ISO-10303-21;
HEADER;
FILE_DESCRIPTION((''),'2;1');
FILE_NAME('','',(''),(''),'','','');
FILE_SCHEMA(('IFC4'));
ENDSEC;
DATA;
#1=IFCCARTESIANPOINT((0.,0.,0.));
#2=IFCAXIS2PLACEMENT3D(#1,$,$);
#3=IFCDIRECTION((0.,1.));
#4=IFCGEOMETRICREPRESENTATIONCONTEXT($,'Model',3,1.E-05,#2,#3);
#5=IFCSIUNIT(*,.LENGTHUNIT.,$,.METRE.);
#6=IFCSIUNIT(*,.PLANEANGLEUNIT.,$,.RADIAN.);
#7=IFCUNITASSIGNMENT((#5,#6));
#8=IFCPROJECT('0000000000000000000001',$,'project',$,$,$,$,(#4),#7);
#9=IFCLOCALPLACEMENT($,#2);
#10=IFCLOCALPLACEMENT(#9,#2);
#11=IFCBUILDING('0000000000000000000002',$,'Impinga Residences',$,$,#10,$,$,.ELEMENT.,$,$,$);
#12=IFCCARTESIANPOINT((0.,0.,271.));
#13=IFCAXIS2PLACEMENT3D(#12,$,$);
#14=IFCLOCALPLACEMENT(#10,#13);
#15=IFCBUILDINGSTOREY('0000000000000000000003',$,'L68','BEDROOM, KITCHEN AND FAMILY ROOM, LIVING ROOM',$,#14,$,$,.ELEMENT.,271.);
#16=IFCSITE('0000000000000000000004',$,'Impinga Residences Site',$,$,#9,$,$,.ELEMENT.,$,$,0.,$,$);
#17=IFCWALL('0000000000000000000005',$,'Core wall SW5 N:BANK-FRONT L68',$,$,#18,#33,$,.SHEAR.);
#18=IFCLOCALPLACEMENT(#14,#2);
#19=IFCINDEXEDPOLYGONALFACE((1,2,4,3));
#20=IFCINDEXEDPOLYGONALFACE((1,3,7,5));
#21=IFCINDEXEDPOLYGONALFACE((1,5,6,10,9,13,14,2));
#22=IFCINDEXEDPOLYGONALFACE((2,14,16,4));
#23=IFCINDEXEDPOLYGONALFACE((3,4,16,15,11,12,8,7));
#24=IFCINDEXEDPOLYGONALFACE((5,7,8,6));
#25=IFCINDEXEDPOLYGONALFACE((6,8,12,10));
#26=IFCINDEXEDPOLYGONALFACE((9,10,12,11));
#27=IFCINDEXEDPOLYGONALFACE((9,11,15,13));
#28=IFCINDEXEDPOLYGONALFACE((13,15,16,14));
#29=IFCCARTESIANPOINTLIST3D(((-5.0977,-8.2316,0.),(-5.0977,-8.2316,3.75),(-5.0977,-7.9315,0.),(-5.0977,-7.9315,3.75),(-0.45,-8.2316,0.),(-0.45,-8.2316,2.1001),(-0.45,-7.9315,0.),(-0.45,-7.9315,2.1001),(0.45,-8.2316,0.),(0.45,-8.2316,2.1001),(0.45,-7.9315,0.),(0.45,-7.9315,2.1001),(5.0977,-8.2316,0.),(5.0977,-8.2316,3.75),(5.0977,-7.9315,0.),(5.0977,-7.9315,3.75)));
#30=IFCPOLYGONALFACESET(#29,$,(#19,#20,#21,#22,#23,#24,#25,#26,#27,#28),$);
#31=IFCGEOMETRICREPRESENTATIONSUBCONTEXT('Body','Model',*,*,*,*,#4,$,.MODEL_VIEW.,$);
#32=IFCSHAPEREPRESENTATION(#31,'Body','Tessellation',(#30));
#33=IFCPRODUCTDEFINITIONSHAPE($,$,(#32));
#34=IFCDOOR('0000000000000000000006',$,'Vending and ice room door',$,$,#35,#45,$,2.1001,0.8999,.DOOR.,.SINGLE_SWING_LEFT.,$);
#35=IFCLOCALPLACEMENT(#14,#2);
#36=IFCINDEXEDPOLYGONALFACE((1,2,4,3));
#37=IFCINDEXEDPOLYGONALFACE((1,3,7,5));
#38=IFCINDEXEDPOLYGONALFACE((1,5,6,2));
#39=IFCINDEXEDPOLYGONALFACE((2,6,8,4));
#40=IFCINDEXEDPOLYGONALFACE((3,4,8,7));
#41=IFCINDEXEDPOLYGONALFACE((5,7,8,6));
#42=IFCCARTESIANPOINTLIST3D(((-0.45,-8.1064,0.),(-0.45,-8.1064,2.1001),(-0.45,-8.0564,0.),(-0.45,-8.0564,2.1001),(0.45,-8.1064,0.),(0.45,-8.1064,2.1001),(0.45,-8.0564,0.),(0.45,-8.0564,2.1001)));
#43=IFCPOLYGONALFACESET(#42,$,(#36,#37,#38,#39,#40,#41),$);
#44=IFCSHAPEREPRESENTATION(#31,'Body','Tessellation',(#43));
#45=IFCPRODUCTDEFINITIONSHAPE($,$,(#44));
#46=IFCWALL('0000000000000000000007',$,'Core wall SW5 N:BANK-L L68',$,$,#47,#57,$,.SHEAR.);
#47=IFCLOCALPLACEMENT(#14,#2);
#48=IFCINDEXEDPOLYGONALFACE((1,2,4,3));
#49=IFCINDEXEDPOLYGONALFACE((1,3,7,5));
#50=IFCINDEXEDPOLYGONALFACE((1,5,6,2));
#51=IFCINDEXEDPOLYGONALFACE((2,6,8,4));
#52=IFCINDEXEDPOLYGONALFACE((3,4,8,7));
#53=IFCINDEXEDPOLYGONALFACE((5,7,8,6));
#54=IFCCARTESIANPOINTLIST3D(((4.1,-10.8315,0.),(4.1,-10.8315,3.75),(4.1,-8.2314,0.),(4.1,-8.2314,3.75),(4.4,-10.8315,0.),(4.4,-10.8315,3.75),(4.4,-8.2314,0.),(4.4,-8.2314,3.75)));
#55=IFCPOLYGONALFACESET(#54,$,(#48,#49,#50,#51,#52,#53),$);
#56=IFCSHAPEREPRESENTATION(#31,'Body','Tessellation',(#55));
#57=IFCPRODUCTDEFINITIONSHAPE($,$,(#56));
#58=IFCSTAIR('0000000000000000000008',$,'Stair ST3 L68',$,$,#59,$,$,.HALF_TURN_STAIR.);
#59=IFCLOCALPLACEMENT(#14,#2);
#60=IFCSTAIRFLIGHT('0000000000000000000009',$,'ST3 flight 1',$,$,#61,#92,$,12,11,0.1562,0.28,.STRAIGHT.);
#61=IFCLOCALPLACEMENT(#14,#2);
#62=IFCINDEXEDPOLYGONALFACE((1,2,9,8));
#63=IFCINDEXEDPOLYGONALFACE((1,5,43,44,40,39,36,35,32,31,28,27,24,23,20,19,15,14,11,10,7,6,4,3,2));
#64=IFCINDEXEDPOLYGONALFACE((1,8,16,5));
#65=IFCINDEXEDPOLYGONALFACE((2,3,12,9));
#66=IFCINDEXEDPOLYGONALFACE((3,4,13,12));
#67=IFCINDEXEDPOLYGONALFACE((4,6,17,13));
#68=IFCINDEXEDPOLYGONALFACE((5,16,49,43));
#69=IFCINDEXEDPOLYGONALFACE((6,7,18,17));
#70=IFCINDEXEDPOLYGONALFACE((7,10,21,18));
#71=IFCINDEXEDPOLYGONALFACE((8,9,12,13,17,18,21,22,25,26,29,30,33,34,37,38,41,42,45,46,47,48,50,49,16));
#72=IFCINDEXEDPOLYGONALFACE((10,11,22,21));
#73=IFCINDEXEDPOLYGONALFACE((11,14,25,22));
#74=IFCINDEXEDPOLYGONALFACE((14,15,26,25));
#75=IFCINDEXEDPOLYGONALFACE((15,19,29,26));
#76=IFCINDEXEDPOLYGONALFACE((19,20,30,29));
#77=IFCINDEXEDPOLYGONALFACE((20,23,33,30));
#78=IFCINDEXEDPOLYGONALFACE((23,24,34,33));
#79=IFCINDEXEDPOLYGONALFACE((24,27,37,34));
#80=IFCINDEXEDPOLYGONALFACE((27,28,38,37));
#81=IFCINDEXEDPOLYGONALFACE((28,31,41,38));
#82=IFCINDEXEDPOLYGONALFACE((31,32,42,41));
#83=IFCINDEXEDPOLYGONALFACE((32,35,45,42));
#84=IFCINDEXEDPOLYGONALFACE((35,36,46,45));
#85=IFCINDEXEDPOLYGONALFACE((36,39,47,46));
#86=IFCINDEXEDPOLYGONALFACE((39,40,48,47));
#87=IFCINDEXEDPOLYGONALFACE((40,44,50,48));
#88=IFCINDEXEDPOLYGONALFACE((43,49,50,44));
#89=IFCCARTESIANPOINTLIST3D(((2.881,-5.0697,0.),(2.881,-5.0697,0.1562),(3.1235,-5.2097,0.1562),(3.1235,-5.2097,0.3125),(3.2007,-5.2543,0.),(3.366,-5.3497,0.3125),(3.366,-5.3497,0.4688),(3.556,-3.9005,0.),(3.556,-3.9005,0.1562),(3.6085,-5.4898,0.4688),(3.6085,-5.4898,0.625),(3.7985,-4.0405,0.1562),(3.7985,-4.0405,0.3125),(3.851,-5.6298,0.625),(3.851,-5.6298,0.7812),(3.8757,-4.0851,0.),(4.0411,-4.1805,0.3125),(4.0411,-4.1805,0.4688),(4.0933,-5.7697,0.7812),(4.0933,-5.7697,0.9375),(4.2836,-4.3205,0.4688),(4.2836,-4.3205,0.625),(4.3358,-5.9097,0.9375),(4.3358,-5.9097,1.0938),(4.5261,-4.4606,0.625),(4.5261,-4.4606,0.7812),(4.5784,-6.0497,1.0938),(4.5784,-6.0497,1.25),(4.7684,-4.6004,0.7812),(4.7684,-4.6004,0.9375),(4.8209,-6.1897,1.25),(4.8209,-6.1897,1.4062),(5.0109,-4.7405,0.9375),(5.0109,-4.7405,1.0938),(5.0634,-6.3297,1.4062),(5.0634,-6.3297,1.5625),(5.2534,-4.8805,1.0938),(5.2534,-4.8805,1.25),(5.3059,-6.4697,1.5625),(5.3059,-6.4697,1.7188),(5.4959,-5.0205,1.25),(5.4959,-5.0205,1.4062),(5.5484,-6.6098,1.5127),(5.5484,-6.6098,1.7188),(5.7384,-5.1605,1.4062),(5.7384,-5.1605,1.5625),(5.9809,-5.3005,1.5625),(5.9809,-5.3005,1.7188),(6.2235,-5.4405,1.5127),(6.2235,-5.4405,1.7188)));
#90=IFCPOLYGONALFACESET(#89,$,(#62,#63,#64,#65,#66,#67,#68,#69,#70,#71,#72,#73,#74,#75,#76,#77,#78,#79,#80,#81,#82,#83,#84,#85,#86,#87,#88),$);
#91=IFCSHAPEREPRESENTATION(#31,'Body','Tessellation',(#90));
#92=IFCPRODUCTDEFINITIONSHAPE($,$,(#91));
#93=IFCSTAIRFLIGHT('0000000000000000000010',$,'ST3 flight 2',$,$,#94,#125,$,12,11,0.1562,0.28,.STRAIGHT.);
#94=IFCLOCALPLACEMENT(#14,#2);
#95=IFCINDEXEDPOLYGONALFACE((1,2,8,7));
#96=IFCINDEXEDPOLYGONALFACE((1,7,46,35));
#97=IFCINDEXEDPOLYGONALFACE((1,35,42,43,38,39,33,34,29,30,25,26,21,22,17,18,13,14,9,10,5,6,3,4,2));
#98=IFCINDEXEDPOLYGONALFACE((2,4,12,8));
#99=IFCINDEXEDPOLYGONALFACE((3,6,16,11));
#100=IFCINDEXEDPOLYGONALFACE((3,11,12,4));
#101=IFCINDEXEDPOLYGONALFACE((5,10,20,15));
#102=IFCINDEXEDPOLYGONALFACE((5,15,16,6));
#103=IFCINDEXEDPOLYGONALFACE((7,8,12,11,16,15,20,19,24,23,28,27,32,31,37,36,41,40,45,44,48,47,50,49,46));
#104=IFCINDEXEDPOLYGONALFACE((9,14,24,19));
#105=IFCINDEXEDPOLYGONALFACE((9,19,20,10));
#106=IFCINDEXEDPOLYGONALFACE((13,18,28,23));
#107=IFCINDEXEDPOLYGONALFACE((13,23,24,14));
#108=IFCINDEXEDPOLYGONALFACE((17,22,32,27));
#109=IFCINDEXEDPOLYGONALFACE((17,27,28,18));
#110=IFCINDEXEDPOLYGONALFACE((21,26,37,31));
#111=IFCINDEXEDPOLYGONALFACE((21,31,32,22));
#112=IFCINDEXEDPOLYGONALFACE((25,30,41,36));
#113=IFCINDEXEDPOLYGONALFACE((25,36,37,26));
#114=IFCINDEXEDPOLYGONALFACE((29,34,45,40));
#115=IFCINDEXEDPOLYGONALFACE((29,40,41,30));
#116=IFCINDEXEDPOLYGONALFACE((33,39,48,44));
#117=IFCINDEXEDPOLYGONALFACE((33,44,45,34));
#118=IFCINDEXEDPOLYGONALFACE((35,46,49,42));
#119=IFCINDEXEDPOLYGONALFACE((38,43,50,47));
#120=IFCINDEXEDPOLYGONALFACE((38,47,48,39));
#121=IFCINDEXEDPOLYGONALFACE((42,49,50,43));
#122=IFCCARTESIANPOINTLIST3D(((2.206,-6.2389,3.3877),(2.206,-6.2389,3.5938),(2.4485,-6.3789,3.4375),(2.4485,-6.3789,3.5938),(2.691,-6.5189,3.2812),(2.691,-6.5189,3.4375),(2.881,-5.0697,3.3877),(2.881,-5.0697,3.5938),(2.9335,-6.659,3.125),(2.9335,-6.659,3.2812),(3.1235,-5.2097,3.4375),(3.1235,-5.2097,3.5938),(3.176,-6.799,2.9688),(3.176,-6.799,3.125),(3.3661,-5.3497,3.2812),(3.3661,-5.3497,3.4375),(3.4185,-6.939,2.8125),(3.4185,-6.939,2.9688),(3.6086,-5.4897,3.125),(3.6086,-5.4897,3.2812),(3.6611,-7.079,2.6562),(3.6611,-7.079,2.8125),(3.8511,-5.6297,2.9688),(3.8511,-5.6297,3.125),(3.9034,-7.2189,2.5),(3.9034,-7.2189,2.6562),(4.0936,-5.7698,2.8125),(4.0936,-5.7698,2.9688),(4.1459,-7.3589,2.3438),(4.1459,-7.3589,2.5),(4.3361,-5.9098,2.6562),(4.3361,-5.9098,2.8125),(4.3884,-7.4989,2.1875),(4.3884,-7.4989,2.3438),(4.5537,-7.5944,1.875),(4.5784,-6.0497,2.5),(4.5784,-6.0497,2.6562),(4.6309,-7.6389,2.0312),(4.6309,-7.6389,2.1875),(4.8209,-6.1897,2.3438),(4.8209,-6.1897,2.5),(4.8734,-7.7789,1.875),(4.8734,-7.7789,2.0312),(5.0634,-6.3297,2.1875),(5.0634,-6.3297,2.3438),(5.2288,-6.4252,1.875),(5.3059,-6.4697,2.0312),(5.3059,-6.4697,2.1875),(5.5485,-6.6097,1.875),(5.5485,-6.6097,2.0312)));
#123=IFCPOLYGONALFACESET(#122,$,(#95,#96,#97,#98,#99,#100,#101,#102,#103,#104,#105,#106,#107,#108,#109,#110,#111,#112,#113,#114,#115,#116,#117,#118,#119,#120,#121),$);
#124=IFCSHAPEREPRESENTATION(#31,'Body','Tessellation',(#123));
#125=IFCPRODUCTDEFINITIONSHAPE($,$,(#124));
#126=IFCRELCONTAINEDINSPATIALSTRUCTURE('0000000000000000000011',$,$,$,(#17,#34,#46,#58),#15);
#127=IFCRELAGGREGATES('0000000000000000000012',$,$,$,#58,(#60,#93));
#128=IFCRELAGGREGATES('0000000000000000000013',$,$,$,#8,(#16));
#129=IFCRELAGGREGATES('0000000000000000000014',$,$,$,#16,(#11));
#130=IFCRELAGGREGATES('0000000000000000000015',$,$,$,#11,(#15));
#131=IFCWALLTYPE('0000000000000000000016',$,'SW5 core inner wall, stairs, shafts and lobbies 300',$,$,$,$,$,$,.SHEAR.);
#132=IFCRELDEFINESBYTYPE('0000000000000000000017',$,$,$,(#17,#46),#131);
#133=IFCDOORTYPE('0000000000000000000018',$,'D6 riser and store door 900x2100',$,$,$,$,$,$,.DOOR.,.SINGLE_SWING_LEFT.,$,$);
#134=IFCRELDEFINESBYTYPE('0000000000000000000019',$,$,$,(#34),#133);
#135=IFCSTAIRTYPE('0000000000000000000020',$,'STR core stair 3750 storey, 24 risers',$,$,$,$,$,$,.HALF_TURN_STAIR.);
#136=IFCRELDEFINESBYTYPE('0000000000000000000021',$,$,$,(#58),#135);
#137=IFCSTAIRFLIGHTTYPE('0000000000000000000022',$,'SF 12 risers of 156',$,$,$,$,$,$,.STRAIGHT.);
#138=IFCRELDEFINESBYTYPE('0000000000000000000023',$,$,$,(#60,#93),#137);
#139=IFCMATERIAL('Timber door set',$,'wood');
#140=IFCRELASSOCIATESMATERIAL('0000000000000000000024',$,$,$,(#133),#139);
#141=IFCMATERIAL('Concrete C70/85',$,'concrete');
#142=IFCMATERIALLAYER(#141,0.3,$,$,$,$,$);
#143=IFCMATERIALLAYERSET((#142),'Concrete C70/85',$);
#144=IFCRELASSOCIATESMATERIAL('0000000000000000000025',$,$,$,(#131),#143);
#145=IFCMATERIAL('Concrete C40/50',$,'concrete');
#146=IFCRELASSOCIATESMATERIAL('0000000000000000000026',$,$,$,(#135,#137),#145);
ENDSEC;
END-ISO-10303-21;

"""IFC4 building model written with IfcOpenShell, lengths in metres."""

from ifc_helpers import new_model, si_unit, direction, frame, frame_2d, origin, place, context, subcontext, project, spatial, polyline, rectangle, outline, extrude, material, layer, layer_set, type_object, element, fill, aggregate, save


model = new_model("IFC4")

# Units and contexts
model_context = context("Model", 3, precision=1e-05, world=origin(), true_north=direction((0.0, 1.0)))
body_context = subcontext(model_context, "Body", "Model", "MODEL_VIEW")
ifc_project = project(units=[si_unit("LENGTHUNIT", "METRE"), si_unit("PLANEANGLEUNIT", "RADIAN")], contexts=[model_context])

# Site, building, storey
site_placement = place(None, origin())
site = spatial("IfcSite", under=ifc_project, at=site_placement, Name="Impinga Residences Site", CompositionType="ELEMENT", RefElevation=0.0)
building_placement = place(site_placement, origin())
building = spatial("IfcBuilding", under=site, at=building_placement, Name="Impinga Residences", CompositionType="ELEMENT")
storey_placement = place(building_placement, frame((0.0, 0.0, 271.0)))
storey = spatial("IfcBuildingStorey", under=building, at=storey_placement, Name="L68", Description="BEDROOM, KITCHEN AND FAMILY ROOM, LIVING ROOM", CompositionType="ELEMENT", Elevation=271.0)

# Shared definitions
ifc_material_1 = material(Name="Timber door set", Category="wood")
door_type_1 = type_object("IfcDoorType", Name="D6 riser and store door 900x2100", OperationType="SINGLE_SWING_LEFT", PredefinedType="DOOR", material=ifc_material_1)

# Shared definitions
ifc_material_2 = material(Name="Concrete C70/85", Category="concrete")
ifc_layer_1 = layer(ifc_material_2, 0.3)
ifc_layer_set_1 = layer_set([ifc_layer_1], Name="Concrete C70/85")
wall_type_1 = type_object("IfcWallType", Name="SW5 core inner wall, stairs, shafts and lobbies 300", PredefinedType="SHEAR", material=ifc_layer_set_1)

# Wall, opening, door
wall_1_placement = place(storey_placement, frame((5.0977, -8.0815, 0.0), z_axis=(0.0, 0.0, 1.0), x_axis=(-1.0, 0.0, 0.0)))
wall_1 = element("IfcWall", 1, at=wall_1_placement, inside=storey, type_object=wall_type_1, Name="Core wall SW5 N:BANK-FRONT L68", PredefinedType="SHEAR", context=body_context, shape_type="SweptSolid", body=[
    extrude(rectangle(XDim=10.1953, YDim=0.3, at=frame_2d((5.0977, 0.0))), origin(), (0.0, 0.0, 1.0), 3.75),
])
opening_1_placement = place(wall_1_placement, frame((4.6477, 0.0, 0.0)))
opening_1 = element("IfcOpeningElement", 2, at=opening_1_placement, cuts=wall_1, PredefinedType="OPENING", context=body_context, shape_type="SweptSolid", body=[
    extrude(rectangle(XDim=0.8999, YDim=2.1001, at=frame_2d((0.45, 1.05))), frame((0.0, 0.1599, 0.0), z_axis=(0.0, -1.0, 0.0), x_axis=(1.0, 0.0, 0.0)), (0.0, 0.0, 1.0), 0.3201),
])
door_1_placement = place(opening_1_placement, origin())
door_1 = element("IfcDoor", 3, at=door_1_placement, inside=storey, type_object=door_type_1, Name="Vending and ice room door", OperationType="SINGLE_SWING_LEFT", OverallHeight=2.1001, OverallWidth=0.8999, PredefinedType="DOOR", context=body_context, shape_type="SweptSolid", body=[
    extrude(rectangle(XDim=0.8999, YDim=2.1001, at=frame_2d((0.45, 1.05))), frame((0.0, 0.0249, 0.0), z_axis=(0.0, -1.0, 0.0), x_axis=(1.0, 0.0, 0.0)), (0.0, 0.0, 1.0), 0.05),
])
fill(opening_1, door_1)

# Wall
wall_2_placement = place(storey_placement, frame((4.25, -8.2314, 0.0), z_axis=(0.0, 0.0, 1.0), x_axis=(0.0, -1.0, 0.0)))
element("IfcWall", 4, at=wall_2_placement, inside=storey, type_object=wall_type_1, Name="Core wall SW5 N:BANK-L L68", PredefinedType="SHEAR", context=body_context, shape_type="SweptSolid", body=[
    extrude(rectangle(XDim=2.6001, YDim=0.3, at=frame_2d((1.3, 0.0))), origin(), (0.0, 0.0, 1.0), 3.75),
])

# Stair, stair flights
ifc_material_3 = material(Name="Concrete C40/50", Category="concrete")
stair_type = type_object("IfcStairType", Name="STR core stair 3750 storey, 24 risers", PredefinedType="HALF_TURN_STAIR", material=ifc_material_3)
stair_placement = place(storey_placement, origin())
stair = element("IfcStair", 5, at=stair_placement, inside=storey, type_object=stair_type, Name="Stair ST3 L68", PredefinedType="HALF_TURN_STAIR")
stair_flight_type = type_object("IfcStairFlightType", Name="SF 12 risers of 156", PredefinedType="STRAIGHT", material=ifc_material_3)
stair_flight_1_placement = place(storey_placement, frame((3.2185, -4.4851, 0.0), z_axis=(0.0, 0.0, 1.0), x_axis=(0.866025, -0.5, 0.0)))
stair_flight_1 = element("IfcStairFlight", 6, at=stair_flight_1_placement, type_object=stair_flight_type, Name="ST3 flight 1", NumberOfRisers=12, NumberOfTreads=11, PredefinedType="STRAIGHT", RiserHeight=0.1562, TreadLength=0.28, context=body_context, shape_type="SweptSolid", body=[
    extrude(outline(polyline([(0.0, 0.0), (0.0, 0.1562), (0.28, 0.1562), (0.28, 0.3125), (0.5601, 0.3125), (0.5601, 0.4688), (0.8401, 0.4688), (0.8401, 0.625), (1.1201, 0.625), (1.1201, 0.7812), (1.3999, 0.7812), (1.3999, 0.9375), (1.6799, 0.9375), (1.6799, 1.0938), (1.96, 1.0938), (1.96, 1.25), (2.24, 1.25), (2.24, 1.4062), (2.52, 1.4062), (2.52, 1.5625), (2.8, 1.5625), (2.8, 1.7188), (3.0801, 1.7188), (3.0801, 1.875), (3.0801, 1.5127), (0.3691, 0.0), (0.0, 0.0)])), frame((0.0, 0.675, 0.0), z_axis=(0.0, -1.0, 0.0), x_axis=(1.0, 0.0, 0.0)), (0.0, 0.0, 1.0), 1.3501),
])
stair_flight_2_placement = place(storey_placement, frame((5.2109, -7.1943, 1.875), z_axis=(0.0, 0.0, 1.0), x_axis=(-0.866025, 0.5, 0.0)))
stair_flight_2 = element("IfcStairFlight", 7, at=stair_flight_2_placement, type_object=stair_flight_type, Name="ST3 flight 2", NumberOfRisers=12, NumberOfTreads=11, PredefinedType="STRAIGHT", RiserHeight=0.1562, TreadLength=0.28, context=body_context, shape_type="SweptSolid", body=[
    extrude(outline(polyline([(0.0, 0.0), (0.0, 0.1562), (0.28, 0.1562), (0.28, 0.3125), (0.5601, 0.3125), (0.5601, 0.4688), (0.8401, 0.4688), (0.8401, 0.625), (1.1201, 0.625), (1.1201, 0.7812), (1.3999, 0.7812), (1.3999, 0.9375), (1.6799, 0.9375), (1.6799, 1.0938), (1.96, 1.0938), (1.96, 1.25), (2.24, 1.25), (2.24, 1.4062), (2.52, 1.4062), (2.52, 1.5625), (2.8, 1.5625), (2.8, 1.7188), (3.0801, 1.7188), (3.0801, 1.875), (3.0801, 1.5127), (0.3691, 0.0), (0.0, 0.0)])), frame((0.0, 0.675, 0.0), z_axis=(0.0, -1.0, 0.0), x_axis=(1.0, 0.0, 0.0)), (0.0, 0.0, 1.0), 1.3501),
])
aggregate(stair, [stair_flight_1, stair_flight_2])

save(model, "model.ifc")
